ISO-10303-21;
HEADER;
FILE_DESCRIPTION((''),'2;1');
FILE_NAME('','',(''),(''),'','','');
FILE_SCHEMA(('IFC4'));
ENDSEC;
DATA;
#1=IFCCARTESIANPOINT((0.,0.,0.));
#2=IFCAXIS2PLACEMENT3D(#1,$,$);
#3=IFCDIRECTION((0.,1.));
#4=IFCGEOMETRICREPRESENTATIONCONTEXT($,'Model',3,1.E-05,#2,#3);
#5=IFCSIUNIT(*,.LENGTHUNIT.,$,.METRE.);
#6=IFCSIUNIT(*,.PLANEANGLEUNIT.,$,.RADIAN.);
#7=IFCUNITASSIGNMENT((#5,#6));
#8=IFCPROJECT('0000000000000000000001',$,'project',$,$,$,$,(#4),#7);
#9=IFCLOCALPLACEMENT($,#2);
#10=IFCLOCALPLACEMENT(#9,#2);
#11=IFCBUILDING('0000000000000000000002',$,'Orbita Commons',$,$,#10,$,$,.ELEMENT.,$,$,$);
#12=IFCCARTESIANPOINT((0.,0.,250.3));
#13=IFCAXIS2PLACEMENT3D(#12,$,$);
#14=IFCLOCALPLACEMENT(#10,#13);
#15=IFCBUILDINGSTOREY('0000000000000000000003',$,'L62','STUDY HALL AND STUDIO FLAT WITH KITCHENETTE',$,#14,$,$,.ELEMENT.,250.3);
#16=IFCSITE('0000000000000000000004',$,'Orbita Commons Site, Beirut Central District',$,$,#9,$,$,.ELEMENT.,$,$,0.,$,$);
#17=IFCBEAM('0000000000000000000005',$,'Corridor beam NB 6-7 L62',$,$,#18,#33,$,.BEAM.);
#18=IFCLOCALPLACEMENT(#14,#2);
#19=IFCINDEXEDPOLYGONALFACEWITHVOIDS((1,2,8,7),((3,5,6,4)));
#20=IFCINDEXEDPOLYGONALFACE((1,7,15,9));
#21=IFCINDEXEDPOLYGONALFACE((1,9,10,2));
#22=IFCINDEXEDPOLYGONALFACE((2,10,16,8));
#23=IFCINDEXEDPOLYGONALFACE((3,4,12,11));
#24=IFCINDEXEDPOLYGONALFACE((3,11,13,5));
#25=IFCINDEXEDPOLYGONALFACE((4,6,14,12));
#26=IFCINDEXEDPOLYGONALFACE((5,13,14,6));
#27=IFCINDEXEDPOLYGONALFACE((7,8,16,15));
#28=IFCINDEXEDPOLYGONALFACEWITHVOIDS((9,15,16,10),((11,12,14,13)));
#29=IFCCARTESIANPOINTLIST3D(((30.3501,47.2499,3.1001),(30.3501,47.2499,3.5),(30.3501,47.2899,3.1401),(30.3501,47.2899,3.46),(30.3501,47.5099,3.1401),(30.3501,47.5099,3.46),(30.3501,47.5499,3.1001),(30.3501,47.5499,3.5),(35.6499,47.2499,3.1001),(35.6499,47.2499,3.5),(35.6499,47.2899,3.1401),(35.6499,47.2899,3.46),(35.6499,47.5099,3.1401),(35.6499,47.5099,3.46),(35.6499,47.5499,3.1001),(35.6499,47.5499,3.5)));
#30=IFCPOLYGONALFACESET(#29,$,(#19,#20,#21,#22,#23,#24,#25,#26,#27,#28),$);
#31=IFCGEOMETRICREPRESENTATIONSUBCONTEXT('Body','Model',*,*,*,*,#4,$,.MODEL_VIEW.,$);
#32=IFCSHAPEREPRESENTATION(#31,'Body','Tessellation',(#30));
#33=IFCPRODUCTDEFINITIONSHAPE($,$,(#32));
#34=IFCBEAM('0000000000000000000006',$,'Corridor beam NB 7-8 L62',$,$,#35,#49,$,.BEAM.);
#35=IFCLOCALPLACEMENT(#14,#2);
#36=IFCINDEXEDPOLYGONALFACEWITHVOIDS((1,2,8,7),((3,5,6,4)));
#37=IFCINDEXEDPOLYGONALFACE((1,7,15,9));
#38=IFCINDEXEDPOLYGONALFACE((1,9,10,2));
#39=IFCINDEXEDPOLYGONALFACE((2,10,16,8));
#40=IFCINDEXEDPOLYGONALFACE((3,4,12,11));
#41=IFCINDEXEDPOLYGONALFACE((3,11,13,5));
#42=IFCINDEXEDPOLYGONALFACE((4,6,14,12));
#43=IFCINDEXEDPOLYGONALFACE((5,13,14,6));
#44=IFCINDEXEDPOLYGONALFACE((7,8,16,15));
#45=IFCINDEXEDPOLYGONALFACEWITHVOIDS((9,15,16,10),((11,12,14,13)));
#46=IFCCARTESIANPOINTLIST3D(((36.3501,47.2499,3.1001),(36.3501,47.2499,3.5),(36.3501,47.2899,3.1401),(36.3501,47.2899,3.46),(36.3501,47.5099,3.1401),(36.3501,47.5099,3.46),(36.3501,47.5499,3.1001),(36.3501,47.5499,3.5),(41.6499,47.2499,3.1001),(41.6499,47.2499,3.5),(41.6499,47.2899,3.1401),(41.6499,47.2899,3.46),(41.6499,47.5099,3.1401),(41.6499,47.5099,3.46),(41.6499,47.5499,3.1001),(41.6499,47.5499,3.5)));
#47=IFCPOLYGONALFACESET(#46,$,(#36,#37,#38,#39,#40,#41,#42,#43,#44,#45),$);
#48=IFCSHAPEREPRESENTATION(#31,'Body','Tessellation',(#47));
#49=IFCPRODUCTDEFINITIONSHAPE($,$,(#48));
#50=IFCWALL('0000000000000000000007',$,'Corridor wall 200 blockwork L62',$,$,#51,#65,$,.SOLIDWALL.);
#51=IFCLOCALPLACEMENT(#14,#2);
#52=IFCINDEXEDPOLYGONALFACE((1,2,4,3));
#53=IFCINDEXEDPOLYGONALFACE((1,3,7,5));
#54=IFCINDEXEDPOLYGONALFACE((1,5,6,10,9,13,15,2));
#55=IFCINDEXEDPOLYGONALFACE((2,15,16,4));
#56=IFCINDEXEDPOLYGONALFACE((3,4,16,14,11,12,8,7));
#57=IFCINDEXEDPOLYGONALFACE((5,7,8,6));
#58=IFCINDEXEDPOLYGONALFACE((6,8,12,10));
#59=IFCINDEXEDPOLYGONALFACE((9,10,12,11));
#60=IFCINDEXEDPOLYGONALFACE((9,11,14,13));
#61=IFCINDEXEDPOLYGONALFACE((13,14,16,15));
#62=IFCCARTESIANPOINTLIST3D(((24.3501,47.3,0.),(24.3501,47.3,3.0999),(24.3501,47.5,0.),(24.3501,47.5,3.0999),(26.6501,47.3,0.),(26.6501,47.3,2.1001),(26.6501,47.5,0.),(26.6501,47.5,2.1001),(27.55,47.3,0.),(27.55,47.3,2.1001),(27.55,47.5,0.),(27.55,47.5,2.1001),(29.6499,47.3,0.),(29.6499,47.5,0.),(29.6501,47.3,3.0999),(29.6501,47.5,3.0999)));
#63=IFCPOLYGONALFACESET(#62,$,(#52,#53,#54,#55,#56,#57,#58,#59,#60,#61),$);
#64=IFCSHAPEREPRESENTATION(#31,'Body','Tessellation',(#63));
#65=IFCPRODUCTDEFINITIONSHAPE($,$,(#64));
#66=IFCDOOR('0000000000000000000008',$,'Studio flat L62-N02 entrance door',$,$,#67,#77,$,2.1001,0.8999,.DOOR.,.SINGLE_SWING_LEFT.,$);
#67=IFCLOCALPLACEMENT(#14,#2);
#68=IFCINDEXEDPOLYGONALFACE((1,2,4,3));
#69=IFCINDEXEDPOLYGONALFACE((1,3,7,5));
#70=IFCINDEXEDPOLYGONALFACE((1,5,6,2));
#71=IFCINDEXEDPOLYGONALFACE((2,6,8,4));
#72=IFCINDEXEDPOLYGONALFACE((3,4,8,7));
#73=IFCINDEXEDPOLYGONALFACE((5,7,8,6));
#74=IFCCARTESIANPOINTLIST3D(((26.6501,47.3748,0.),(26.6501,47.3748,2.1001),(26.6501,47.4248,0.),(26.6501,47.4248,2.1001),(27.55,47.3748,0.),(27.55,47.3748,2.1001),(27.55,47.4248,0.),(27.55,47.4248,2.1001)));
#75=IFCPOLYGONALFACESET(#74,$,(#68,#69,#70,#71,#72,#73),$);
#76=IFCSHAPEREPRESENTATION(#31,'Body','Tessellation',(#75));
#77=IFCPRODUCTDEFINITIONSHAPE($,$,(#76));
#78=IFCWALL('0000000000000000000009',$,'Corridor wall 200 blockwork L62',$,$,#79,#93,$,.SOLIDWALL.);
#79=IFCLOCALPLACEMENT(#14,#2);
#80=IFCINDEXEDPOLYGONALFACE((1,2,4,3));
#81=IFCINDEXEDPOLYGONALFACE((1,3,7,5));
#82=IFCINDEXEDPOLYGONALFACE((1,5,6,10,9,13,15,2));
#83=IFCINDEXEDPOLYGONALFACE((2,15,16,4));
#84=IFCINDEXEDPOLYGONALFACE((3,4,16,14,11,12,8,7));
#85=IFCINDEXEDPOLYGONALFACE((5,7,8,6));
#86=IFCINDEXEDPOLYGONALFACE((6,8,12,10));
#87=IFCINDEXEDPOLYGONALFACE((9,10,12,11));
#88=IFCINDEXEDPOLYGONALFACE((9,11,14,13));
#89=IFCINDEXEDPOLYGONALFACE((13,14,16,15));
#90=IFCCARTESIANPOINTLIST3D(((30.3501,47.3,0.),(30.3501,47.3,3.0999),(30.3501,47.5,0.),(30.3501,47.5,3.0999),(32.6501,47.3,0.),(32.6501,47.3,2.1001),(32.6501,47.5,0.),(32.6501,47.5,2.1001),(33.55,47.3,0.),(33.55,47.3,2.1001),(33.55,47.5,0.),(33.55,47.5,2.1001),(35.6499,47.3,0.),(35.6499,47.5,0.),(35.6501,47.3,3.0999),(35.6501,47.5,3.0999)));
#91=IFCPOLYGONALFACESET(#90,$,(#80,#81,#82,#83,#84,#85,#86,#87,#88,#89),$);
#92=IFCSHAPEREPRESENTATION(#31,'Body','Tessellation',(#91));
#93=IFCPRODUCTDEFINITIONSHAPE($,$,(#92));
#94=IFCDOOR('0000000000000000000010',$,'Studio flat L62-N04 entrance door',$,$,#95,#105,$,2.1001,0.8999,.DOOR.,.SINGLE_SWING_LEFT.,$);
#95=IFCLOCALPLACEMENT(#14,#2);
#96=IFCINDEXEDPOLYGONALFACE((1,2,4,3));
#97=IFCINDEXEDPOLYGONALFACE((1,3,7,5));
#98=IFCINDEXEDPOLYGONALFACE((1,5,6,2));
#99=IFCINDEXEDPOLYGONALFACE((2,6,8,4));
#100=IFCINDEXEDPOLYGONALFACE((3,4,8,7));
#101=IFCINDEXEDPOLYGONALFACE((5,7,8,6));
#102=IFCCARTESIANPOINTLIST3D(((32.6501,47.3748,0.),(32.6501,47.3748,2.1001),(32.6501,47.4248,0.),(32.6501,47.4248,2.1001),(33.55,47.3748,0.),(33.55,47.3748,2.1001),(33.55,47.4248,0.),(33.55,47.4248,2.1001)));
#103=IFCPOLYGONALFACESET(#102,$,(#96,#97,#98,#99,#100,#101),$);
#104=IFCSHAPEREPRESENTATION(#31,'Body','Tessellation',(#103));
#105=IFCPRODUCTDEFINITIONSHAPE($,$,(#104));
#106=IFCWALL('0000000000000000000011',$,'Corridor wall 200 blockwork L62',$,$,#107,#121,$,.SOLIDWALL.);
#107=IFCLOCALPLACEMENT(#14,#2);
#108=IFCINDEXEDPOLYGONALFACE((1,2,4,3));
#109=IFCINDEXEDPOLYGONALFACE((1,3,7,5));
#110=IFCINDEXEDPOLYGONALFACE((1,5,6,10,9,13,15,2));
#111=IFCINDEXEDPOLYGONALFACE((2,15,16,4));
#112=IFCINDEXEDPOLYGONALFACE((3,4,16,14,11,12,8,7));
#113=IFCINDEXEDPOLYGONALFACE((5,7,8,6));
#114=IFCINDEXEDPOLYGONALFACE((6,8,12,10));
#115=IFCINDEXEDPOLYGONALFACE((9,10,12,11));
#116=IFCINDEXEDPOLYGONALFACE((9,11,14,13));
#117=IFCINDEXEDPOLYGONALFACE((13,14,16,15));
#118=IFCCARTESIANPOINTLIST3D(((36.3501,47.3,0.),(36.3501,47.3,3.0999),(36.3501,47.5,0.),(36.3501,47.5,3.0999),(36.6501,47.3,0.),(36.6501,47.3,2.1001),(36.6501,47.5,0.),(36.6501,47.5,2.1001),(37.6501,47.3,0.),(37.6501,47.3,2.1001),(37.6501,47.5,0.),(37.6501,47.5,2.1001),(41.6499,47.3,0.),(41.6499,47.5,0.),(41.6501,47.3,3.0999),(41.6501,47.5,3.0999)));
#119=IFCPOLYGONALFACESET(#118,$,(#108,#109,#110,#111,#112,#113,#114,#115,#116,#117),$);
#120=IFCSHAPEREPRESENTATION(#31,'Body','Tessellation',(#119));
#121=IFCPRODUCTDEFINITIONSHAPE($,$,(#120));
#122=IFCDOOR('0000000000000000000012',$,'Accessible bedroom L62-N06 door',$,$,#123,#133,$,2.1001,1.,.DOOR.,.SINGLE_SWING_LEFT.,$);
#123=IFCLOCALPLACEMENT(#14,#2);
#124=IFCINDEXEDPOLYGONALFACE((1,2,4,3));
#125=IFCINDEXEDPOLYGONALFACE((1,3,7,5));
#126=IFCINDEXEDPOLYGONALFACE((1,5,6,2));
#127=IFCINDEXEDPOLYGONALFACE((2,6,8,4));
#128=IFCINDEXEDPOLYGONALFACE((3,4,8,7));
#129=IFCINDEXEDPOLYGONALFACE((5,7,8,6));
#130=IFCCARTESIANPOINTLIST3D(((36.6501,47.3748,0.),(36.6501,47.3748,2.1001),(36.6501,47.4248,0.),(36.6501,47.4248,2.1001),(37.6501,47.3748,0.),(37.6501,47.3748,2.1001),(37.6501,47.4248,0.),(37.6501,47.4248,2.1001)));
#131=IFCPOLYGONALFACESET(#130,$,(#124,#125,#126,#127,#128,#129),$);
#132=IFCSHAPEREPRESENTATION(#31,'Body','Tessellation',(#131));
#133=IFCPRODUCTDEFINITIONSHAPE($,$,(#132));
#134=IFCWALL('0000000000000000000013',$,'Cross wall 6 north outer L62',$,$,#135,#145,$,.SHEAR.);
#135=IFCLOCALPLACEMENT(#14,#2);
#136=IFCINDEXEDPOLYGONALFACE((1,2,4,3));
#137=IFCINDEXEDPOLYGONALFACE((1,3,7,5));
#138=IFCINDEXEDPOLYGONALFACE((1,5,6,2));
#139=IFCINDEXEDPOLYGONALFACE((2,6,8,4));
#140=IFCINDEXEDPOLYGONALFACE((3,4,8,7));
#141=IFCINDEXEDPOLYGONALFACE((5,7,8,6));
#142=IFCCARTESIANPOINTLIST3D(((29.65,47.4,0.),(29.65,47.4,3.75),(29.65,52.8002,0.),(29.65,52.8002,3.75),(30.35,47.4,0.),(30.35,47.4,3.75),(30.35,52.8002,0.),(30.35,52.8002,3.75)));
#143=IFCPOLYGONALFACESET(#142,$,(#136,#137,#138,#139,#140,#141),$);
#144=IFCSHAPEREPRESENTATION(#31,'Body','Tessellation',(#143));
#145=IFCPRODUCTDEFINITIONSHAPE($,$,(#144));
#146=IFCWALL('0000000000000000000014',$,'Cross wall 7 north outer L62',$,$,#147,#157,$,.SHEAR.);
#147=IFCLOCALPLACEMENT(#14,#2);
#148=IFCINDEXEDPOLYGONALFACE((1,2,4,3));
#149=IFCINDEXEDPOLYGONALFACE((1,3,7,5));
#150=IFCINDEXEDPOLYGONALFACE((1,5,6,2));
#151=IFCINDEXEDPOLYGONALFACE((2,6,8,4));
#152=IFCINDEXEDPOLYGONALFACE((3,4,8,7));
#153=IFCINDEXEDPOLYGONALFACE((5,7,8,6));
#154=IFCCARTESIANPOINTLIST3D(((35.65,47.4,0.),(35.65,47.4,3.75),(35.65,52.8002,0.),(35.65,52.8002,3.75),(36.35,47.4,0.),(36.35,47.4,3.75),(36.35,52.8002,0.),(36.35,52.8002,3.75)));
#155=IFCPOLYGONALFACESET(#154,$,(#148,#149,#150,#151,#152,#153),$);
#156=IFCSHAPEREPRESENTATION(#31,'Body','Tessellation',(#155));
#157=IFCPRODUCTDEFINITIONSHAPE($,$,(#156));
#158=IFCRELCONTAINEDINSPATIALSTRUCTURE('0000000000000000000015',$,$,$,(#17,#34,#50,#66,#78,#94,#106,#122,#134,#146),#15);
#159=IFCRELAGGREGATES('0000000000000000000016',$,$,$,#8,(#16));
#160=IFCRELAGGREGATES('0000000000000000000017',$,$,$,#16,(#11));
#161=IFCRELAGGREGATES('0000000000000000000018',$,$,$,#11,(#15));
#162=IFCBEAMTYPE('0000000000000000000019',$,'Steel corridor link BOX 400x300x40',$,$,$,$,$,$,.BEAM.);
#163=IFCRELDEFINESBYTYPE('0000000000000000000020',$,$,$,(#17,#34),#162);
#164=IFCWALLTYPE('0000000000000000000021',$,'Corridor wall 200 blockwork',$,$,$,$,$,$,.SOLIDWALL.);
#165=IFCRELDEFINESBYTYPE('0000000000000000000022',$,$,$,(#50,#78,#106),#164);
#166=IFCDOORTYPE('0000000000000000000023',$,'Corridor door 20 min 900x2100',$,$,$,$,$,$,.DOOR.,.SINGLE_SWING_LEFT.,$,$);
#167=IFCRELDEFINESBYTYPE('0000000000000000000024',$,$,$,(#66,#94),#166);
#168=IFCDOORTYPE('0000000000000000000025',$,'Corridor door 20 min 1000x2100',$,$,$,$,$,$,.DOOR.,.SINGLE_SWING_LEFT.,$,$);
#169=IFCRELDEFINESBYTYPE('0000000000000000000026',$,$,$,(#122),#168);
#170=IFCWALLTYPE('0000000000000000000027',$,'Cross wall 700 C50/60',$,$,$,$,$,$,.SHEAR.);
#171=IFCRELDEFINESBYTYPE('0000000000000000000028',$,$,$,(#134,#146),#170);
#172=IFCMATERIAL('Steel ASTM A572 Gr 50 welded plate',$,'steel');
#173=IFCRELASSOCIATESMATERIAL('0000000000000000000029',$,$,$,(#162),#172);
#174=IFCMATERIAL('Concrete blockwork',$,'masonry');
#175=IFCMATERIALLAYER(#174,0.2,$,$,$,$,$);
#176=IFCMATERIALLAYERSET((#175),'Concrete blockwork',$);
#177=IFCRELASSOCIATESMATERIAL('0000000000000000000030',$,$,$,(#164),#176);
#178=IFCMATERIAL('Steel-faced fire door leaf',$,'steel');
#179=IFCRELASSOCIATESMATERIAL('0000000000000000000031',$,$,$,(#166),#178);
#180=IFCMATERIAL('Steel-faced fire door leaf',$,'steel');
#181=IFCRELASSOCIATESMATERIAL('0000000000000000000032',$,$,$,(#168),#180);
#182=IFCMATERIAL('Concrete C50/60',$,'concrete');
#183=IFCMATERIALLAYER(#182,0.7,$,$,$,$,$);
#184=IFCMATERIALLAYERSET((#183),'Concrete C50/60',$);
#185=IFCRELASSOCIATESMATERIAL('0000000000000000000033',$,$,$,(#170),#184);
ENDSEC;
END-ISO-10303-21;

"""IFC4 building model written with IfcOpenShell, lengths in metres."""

from ifc_helpers import new_model, si_unit, direction, frame, frame_2d, origin, origin_2d, place, context, subcontext, project, spatial, polyline, rectangle, hollow_rectangle, outline, extrude, material, layer, layer_set, material_profile, profile_set, type_object, element, fill, save


model = new_model("IFC4")

# Units and contexts
model_context = context("Model", 3, precision=1e-05, world=origin(), true_north=direction((0.0, 1.0)))
body_context = subcontext(model_context, "Body", "Model", "MODEL_VIEW")
ifc_project = project(units=[si_unit("LENGTHUNIT", "METRE"), si_unit("PLANEANGLEUNIT", "RADIAN")], contexts=[model_context])

# Site, building, storey
site_placement = place(None, origin())
site = spatial("IfcSite", under=ifc_project, at=site_placement, Name="Orbita Commons Site, Beirut Central District", CompositionType="ELEMENT", RefElevation=0.0)
building_placement = place(site_placement, origin())
building = spatial("IfcBuilding", under=site, at=building_placement, Name="Orbita Commons", CompositionType="ELEMENT")
storey_placement = place(building_placement, frame((0.0, 0.0, 250.3)))
storey = spatial("IfcBuildingStorey", under=building, at=storey_placement, Name="L62", Description="STUDY HALL AND STUDIO FLAT WITH KITCHENETTE", CompositionType="ELEMENT", Elevation=250.3)

# Beams
ifc_material_1 = material(Name="Steel ASTM A572 Gr 50 welded plate", Category="steel")
ifc_material_profile = material_profile(ifc_material_1, hollow_rectangle(XDim=0.3, YDim=0.3999, WallThickness=0.04, at=origin_2d()), Name="BOX 400x300x40")
ifc_profile_set = profile_set([ifc_material_profile], Name="Steel ASTM A572 Gr 50 welded plate")
beam_type = type_object("IfcBeamType", Name="Steel corridor link BOX 400x300x40", PredefinedType="BEAM", material=ifc_profile_set)
for number, where, z_axis, x_axis, name in (
    (1, (30.3501, 47.3999, 3.3), (1.0, 0.0, 0.0), (0.0, 1.0, 0.0), "Corridor beam NB 6-7 L62"),
    (2, (36.3501, 47.3999, 3.3), (1.0, 0.0, 0.0), (0.0, 1.0, 0.0), "Corridor beam NB 7-8 L62"),
):
    element("IfcBeam", number, at=place(storey_placement, frame(where, z_axis=z_axis, x_axis=x_axis)), inside=storey, type_object=beam_type, Name=name, PredefinedType="BEAM", context=body_context, shape_type="SweptSolid", body=[
        extrude(hollow_rectangle(XDim=0.3, YDim=0.3999, WallThickness=0.04, at=origin_2d()), origin(), (0.0, 0.0, 1.0), 5.2998),
    ])

# Walls, openings, doors
ifc_material_2 = material(Name="Concrete blockwork", Category="masonry")
ifc_layer_1 = layer(ifc_material_2, 0.2)
ifc_layer_set_1 = layer_set([ifc_layer_1], Name="Concrete blockwork")
wall_type_1 = type_object("IfcWallType", Name="Corridor wall 200 blockwork", PredefinedType="SOLIDWALL", material=ifc_layer_set_1)
wall_1_placement = place(storey_placement, frame((24.3501, 47.3999, 0.0), z_axis=(0.0, 0.0, 1.0), x_axis=(1.0, 0.0, 0.0)))
wall_1 = element("IfcWall", 3, at=wall_1_placement, inside=storey, type_object=wall_type_1, Name="Corridor wall 200 blockwork L62", PredefinedType="SOLIDWALL", context=body_context, shape_type="SweptSolid", body=[
    extrude(outline(polyline([(0.0, 0.0), (5.2998, 0.0), (5.3, 3.0999), (0.0, 3.0999), (0.0, 0.0)])), frame((0.0, 0.1001, 0.0), z_axis=(0.0, -1.0, 0.0), x_axis=(1.0, 0.0, 0.0)), (0.0, 0.0, 1.0), 0.2),
])
opening_1_placement = place(wall_1_placement, frame((2.3, 0.0, 0.0)))
opening_1 = element("IfcOpeningElement", 4, at=opening_1_placement, cuts=wall_1, PredefinedType="OPENING", context=body_context, shape_type="SweptSolid", body=[
    extrude(rectangle(XDim=0.8999, YDim=2.1001, at=frame_2d((0.45, 1.05))), frame((0.0, 0.1099, 0.0), z_axis=(0.0, -1.0, 0.0), x_axis=(1.0, 0.0, 0.0)), (0.0, 0.0, 1.0), 0.22),
])
ifc_material_3 = material(Name="Steel-faced fire door leaf", Category="steel")
door_type_1 = type_object("IfcDoorType", Name="Corridor door 20 min 900x2100", OperationType="SINGLE_SWING_LEFT", PredefinedType="DOOR", material=ifc_material_3)
door_1_placement = place(opening_1_placement, origin())
door_1 = element("IfcDoor", 5, at=door_1_placement, inside=storey, type_object=door_type_1, Name="Studio flat L62-N02 entrance door", OperationType="SINGLE_SWING_LEFT", OverallHeight=2.1001, OverallWidth=0.8999, PredefinedType="DOOR", context=body_context, shape_type="SweptSolid", body=[
    extrude(rectangle(XDim=0.8999, YDim=2.1001, at=frame_2d((0.45, 1.05))), frame((0.0, 0.0249, 0.0), z_axis=(0.0, -1.0, 0.0), x_axis=(1.0, 0.0, 0.0)), (0.0, 0.0, 1.0), 0.05),
])
fill(opening_1, door_1)
wall_2_placement = place(storey_placement, frame((30.3501, 47.3999, 0.0), z_axis=(0.0, 0.0, 1.0), x_axis=(1.0, 0.0, 0.0)))
wall_2 = element("IfcWall", 6, at=wall_2_placement, inside=storey, type_object=wall_type_1, Name="Corridor wall 200 blockwork L62", PredefinedType="SOLIDWALL", context=body_context, shape_type="SweptSolid", body=[
    extrude(outline(polyline([(0.0, 0.0), (5.2998, 0.0), (5.3, 3.0999), (0.0, 3.0999), (0.0, 0.0)])), frame((0.0, 0.1001, 0.0), z_axis=(0.0, -1.0, 0.0), x_axis=(1.0, 0.0, 0.0)), (0.0, 0.0, 1.0), 0.2),
])
opening_2_placement = place(wall_2_placement, frame((2.3, 0.0, 0.0)))
opening_2 = element("IfcOpeningElement", 7, at=opening_2_placement, cuts=wall_2, PredefinedType="OPENING", context=body_context, shape_type="SweptSolid", body=[
    extrude(rectangle(XDim=0.8999, YDim=2.1001, at=frame_2d((0.45, 1.05))), frame((0.0, 0.1099, 0.0), z_axis=(0.0, -1.0, 0.0), x_axis=(1.0, 0.0, 0.0)), (0.0, 0.0, 1.0), 0.22),
])
door_2_placement = place(opening_2_placement, origin())
door_2 = element("IfcDoor", 8, at=door_2_placement, inside=storey, type_object=door_type_1, Name="Studio flat L62-N04 entrance door", OperationType="SINGLE_SWING_LEFT", OverallHeight=2.1001, OverallWidth=0.8999, PredefinedType="DOOR", context=body_context, shape_type="SweptSolid", body=[
    extrude(rectangle(XDim=0.8999, YDim=2.1001, at=frame_2d((0.45, 1.05))), frame((0.0, 0.0249, 0.0), z_axis=(0.0, -1.0, 0.0), x_axis=(1.0, 0.0, 0.0)), (0.0, 0.0, 1.0), 0.05),
])
fill(opening_2, door_2)
wall_3_placement = place(storey_placement, frame((36.3501, 47.3999, 0.0), z_axis=(0.0, 0.0, 1.0), x_axis=(1.0, 0.0, 0.0)))
wall_3 = element("IfcWall", 9, at=wall_3_placement, inside=storey, type_object=wall_type_1, Name="Corridor wall 200 blockwork L62", PredefinedType="SOLIDWALL", context=body_context, shape_type="SweptSolid", body=[
    extrude(outline(polyline([(0.0, 0.0), (5.2998, 0.0), (5.3, 3.0999), (0.0, 3.0999), (0.0, 0.0)])), frame((0.0, 0.1001, 0.0), z_axis=(0.0, -1.0, 0.0), x_axis=(1.0, 0.0, 0.0)), (0.0, 0.0, 1.0), 0.2),
])
opening_3_placement = place(wall_3_placement, frame((0.3, 0.0, 0.0)))
opening_3 = element("IfcOpeningElement", 10, at=opening_3_placement, cuts=wall_3, PredefinedType="OPENING", context=body_context, shape_type="SweptSolid", body=[
    extrude(rectangle(XDim=1.0, YDim=2.1001, at=frame_2d((0.5, 1.05))), frame((0.0, 0.1099, 0.0), z_axis=(0.0, -1.0, 0.0), x_axis=(1.0, 0.0, 0.0)), (0.0, 0.0, 1.0), 0.22),
])
ifc_material_4 = material(Name="Steel-faced fire door leaf", Category="steel")
door_type_2 = type_object("IfcDoorType", Name="Corridor door 20 min 1000x2100", OperationType="SINGLE_SWING_LEFT", PredefinedType="DOOR", material=ifc_material_4)
door_3_placement = place(opening_3_placement, origin())
door_3 = element("IfcDoor", 11, at=door_3_placement, inside=storey, type_object=door_type_2, Name="Accessible bedroom L62-N06 door", OperationType="SINGLE_SWING_LEFT", OverallHeight=2.1001, OverallWidth=1.0, PredefinedType="DOOR", context=body_context, shape_type="SweptSolid", body=[
    extrude(rectangle(XDim=1.0, YDim=2.1001, at=frame_2d((0.5, 1.05))), frame((0.0, 0.0249, 0.0), z_axis=(0.0, -1.0, 0.0), x_axis=(1.0, 0.0, 0.0)), (0.0, 0.0, 1.0), 0.05),
])
fill(opening_3, door_3)

# Walls
ifc_material_5 = material(Name="Concrete C50/60", Category="concrete")
ifc_layer_2 = layer(ifc_material_5, 0.7)
ifc_layer_set_2 = layer_set([ifc_layer_2], Name="Concrete C50/60")
wall_type_2 = type_object("IfcWallType", Name="Cross wall 700 C50/60", PredefinedType="SHEAR", material=ifc_layer_set_2)
for number, where, z_axis, x_axis, name in (
    (12, (30.0, 47.3999, 0.0), (0.0, 0.0, 1.0), (0.0, 1.0, 0.0), "Cross wall 6 north outer L62"),
    (13, (36.0, 47.3999, 0.0), (0.0, 0.0, 1.0), (0.0, 1.0, 0.0), "Cross wall 7 north outer L62"),
):
    element("IfcWall", number, at=place(storey_placement, frame(where, z_axis=z_axis, x_axis=x_axis)), inside=storey, type_object=wall_type_2, Name=name, PredefinedType="SHEAR", context=body_context, shape_type="SweptSolid", body=[
        extrude(rectangle(XDim=5.4001, YDim=0.7, at=frame_2d((2.7002, 0.0))), origin(), (0.0, 0.0, 1.0), 3.75),
    ])

save(model, "model.ifc")
